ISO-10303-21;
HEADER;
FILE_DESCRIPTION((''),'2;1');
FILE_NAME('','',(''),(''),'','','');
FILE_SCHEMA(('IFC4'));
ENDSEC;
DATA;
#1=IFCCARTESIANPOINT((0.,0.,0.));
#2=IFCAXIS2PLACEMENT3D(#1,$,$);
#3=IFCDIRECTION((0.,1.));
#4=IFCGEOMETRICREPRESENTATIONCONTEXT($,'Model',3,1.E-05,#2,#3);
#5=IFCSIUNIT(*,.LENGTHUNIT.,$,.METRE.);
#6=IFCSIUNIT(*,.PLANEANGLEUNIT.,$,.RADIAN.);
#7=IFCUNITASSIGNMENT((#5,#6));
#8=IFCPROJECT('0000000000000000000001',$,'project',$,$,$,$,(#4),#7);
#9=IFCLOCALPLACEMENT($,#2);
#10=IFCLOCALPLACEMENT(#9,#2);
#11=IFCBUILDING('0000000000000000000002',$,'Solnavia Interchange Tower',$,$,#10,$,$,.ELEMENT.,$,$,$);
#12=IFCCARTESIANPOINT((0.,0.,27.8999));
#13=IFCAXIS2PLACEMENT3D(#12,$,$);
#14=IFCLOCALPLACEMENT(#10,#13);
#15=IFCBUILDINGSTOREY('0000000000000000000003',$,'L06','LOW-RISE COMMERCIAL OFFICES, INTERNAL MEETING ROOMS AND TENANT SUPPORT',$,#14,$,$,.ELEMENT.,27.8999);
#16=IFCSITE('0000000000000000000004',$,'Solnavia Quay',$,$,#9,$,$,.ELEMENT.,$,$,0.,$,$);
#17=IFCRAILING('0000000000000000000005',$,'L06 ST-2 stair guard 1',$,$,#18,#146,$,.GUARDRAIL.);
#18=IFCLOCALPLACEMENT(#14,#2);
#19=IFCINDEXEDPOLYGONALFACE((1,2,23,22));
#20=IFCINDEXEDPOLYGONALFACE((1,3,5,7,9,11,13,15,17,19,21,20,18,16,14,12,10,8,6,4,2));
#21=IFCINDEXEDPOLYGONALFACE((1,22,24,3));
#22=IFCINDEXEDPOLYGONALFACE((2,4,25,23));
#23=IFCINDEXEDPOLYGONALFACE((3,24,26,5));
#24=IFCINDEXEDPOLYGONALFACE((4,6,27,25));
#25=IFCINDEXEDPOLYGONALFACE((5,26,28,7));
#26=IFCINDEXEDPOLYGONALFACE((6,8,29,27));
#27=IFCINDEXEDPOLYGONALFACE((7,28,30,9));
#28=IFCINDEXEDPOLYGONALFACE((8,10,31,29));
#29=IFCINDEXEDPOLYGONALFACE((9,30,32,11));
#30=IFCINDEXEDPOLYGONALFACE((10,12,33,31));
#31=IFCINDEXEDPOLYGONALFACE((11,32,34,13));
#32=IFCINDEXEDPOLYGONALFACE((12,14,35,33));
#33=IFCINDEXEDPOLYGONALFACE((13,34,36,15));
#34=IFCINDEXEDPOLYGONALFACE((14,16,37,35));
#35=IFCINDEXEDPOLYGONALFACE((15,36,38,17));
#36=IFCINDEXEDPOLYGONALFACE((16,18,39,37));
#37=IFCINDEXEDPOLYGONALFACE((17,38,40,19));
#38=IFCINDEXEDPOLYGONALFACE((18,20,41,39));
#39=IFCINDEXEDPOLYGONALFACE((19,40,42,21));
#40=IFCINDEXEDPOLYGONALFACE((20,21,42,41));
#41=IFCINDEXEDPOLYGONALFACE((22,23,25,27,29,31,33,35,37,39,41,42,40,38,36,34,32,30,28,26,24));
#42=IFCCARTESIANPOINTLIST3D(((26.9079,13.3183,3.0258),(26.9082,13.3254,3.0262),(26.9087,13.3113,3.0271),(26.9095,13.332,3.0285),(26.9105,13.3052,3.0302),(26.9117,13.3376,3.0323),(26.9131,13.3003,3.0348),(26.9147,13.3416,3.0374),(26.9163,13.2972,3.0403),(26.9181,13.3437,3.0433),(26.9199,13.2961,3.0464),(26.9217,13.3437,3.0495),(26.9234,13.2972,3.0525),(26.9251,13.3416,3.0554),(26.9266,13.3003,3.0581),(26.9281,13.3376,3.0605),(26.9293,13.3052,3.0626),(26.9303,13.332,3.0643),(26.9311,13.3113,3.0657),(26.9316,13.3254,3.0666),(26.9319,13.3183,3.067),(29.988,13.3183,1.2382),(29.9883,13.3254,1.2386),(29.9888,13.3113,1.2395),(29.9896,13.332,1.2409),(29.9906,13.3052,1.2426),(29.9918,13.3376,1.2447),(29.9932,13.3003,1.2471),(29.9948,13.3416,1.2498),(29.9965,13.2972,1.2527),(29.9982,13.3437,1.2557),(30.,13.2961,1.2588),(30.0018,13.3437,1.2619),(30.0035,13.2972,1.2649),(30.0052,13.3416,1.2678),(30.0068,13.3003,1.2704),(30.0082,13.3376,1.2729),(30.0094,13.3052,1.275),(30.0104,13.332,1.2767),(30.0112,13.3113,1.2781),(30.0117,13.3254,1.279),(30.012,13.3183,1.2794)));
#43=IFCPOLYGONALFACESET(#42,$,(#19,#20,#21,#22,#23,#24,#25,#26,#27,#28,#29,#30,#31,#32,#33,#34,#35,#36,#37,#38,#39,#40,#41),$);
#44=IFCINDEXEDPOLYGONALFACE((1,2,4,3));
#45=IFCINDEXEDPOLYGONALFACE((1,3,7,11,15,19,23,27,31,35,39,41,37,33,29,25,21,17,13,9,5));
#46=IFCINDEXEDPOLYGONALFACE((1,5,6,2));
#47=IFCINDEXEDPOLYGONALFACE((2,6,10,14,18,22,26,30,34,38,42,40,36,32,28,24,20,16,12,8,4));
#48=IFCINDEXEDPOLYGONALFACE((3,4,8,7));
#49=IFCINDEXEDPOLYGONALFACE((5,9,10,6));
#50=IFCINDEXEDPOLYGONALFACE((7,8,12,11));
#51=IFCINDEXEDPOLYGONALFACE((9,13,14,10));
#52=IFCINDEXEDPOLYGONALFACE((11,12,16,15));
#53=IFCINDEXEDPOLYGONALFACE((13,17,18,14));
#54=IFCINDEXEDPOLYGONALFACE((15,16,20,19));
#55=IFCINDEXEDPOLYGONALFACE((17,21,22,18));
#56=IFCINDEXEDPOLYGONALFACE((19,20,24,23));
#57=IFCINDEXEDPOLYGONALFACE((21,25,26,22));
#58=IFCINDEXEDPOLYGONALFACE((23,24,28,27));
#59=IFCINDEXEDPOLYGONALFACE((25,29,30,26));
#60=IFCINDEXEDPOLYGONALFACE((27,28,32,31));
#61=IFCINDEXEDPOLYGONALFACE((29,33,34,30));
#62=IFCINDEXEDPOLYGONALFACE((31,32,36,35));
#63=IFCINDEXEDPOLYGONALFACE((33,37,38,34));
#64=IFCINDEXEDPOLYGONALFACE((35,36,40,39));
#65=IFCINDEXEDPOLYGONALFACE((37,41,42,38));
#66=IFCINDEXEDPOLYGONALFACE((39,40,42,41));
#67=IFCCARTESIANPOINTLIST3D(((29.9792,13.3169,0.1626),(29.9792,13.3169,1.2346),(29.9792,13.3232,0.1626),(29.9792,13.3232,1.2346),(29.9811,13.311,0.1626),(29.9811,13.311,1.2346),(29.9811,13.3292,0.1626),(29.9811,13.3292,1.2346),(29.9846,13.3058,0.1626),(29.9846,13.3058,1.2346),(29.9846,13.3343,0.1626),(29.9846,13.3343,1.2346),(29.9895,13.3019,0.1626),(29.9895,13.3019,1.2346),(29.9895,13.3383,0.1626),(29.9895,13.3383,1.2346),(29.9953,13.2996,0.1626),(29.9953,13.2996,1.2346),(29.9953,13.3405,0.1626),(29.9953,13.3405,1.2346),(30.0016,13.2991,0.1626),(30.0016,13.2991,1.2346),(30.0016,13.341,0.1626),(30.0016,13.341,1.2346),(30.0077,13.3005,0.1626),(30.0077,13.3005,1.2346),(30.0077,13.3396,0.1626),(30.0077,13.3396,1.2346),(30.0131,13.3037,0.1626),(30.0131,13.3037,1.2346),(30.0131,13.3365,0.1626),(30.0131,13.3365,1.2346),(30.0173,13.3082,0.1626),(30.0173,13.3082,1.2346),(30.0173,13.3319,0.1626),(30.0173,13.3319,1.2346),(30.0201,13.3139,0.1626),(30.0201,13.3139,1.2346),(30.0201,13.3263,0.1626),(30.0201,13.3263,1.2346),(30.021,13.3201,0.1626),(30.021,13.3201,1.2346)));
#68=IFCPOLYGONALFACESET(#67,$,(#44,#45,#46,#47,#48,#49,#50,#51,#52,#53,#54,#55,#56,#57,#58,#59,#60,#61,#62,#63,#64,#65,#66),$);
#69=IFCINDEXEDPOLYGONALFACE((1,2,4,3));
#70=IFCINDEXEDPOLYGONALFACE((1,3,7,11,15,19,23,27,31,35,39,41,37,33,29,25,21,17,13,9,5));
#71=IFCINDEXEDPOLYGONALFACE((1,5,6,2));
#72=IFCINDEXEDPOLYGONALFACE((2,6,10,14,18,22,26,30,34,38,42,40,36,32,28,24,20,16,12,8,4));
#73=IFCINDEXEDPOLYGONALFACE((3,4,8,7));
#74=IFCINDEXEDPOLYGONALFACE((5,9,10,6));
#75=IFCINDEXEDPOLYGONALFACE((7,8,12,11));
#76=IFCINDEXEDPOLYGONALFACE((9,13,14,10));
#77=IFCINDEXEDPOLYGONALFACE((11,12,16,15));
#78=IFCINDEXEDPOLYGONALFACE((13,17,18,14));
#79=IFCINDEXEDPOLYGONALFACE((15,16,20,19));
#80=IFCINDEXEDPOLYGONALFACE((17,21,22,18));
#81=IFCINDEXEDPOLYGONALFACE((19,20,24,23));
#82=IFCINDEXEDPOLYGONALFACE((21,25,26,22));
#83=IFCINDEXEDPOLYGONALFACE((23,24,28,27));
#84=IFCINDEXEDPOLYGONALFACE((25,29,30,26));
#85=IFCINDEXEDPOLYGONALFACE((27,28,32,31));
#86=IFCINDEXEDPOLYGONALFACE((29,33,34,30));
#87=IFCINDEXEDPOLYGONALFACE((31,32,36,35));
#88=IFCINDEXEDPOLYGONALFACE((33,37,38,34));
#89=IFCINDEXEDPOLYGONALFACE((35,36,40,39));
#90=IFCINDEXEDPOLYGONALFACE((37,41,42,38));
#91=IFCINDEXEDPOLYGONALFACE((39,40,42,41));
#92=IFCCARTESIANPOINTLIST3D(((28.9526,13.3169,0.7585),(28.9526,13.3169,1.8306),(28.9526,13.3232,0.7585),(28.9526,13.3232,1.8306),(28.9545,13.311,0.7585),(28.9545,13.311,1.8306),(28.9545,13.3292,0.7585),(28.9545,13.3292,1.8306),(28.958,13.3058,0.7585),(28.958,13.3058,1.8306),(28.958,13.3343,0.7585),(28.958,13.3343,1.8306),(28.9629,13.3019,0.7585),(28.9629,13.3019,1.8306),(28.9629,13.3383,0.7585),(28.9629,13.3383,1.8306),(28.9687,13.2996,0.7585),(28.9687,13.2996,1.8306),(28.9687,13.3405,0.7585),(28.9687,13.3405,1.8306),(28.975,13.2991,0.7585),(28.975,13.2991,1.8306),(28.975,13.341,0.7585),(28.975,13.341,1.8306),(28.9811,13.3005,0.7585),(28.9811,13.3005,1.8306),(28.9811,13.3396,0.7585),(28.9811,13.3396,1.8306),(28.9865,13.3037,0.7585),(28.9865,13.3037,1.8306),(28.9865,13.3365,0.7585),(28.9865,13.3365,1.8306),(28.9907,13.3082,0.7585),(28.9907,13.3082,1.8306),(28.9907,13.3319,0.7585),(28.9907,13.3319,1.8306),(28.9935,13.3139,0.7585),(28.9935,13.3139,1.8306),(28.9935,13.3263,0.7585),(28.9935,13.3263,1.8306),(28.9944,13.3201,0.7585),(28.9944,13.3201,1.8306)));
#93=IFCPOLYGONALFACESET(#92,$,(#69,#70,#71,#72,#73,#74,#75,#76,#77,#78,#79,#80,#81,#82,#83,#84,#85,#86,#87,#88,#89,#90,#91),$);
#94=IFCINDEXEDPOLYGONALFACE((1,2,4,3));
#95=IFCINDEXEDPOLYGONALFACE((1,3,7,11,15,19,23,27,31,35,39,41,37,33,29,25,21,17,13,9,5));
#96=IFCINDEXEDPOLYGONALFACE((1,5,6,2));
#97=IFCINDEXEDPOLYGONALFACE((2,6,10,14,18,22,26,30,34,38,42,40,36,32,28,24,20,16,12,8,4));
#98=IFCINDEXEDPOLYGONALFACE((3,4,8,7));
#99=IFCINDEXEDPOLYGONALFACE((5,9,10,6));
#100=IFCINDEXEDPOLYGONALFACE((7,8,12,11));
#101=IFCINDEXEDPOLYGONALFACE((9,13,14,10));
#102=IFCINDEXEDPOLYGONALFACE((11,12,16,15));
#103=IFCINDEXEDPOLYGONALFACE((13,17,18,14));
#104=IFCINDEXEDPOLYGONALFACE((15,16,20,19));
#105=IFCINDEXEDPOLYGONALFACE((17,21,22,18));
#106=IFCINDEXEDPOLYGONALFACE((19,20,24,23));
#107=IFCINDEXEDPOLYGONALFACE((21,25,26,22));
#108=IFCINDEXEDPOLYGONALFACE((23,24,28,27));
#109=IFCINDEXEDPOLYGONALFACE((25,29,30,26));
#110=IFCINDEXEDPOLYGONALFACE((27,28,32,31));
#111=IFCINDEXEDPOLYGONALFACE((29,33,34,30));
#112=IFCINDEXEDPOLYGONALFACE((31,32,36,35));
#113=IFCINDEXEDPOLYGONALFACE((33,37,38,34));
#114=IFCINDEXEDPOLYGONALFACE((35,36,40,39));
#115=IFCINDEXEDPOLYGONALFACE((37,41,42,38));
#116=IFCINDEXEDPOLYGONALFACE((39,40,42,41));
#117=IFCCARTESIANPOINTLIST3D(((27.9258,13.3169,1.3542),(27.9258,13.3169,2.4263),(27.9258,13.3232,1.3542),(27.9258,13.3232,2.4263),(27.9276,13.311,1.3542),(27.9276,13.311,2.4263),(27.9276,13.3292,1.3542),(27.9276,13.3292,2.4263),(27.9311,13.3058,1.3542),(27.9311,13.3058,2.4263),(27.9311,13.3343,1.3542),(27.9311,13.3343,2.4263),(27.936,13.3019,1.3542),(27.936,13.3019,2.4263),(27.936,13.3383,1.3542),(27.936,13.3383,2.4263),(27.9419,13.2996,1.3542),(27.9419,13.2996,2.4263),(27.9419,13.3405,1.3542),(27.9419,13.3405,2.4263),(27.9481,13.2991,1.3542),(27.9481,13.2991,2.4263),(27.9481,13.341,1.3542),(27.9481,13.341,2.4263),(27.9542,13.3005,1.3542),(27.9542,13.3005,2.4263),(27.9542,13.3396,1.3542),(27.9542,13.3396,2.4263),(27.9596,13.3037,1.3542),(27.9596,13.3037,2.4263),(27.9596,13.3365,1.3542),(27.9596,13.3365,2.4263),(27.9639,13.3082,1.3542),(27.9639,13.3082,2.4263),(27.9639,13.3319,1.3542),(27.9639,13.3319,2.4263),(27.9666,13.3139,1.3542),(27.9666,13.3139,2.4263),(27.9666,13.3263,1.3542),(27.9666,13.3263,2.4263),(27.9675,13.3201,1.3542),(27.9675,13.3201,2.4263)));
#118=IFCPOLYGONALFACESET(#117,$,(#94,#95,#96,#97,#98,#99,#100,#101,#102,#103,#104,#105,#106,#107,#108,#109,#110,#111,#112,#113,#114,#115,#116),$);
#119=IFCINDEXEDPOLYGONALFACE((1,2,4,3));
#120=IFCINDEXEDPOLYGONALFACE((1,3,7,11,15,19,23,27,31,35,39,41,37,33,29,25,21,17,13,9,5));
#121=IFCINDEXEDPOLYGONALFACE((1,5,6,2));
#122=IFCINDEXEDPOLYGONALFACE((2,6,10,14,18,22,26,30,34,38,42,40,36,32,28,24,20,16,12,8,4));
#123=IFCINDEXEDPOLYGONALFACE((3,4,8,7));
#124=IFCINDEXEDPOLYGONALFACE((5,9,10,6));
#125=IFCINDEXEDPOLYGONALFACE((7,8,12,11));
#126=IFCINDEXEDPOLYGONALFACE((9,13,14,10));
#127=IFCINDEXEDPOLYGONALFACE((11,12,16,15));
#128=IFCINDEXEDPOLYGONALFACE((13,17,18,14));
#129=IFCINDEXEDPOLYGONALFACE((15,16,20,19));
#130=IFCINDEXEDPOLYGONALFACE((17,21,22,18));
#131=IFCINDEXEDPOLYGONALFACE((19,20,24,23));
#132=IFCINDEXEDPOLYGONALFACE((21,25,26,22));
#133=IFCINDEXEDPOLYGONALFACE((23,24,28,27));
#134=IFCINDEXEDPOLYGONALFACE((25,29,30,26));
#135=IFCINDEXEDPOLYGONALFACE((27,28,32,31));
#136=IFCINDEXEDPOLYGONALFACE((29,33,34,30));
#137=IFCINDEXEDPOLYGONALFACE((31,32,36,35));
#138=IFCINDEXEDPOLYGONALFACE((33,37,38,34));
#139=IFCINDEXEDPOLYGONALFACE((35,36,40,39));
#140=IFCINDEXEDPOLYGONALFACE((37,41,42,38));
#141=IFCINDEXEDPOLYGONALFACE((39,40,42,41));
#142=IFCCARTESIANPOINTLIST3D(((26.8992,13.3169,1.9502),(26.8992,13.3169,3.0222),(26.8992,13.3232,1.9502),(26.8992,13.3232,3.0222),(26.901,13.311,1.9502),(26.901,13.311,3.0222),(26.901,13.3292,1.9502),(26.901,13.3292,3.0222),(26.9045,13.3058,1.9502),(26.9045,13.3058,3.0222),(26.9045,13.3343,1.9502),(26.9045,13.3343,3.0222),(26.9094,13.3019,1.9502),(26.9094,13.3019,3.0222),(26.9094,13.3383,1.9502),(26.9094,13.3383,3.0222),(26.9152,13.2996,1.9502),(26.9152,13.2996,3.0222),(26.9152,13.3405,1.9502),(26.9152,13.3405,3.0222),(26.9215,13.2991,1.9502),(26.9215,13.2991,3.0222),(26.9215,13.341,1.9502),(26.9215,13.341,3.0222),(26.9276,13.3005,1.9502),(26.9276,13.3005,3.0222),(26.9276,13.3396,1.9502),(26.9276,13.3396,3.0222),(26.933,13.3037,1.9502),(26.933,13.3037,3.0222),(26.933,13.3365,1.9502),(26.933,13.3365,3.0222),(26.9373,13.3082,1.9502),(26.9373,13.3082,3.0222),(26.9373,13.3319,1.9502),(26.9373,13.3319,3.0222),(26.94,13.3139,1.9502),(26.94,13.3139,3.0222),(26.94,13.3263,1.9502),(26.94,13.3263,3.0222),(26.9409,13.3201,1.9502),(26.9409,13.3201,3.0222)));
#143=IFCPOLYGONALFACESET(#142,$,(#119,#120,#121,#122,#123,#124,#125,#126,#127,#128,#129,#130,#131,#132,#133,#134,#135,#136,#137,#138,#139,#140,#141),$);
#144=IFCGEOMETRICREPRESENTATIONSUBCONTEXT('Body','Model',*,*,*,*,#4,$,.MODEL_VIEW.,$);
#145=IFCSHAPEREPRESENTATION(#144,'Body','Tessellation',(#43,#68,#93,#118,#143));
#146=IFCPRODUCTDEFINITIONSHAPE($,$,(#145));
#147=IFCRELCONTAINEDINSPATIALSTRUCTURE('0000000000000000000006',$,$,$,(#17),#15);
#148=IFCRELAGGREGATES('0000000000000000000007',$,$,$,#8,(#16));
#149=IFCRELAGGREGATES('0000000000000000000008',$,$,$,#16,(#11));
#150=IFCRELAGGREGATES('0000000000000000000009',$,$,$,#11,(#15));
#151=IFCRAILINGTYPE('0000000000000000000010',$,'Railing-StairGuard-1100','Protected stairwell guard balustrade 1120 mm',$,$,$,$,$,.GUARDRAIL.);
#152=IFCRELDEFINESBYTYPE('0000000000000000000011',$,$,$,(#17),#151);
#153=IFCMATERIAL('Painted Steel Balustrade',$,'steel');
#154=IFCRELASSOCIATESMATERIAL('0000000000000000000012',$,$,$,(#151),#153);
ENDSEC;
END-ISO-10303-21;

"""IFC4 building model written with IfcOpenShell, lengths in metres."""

from ifc_helpers import new_model, si_unit, direction, frame, origin, origin_2d, place, context, subcontext, project, spatial, circle, extrude, material, type_object, element, save


model = new_model("IFC4")

# Units and contexts
model_context = context("Model", 3, precision=1e-05, world=origin(), true_north=direction((0.0, 1.0)))
body_context = subcontext(model_context, "Body", "Model", "MODEL_VIEW")
ifc_project = project(units=[si_unit("LENGTHUNIT", "METRE"), si_unit("PLANEANGLEUNIT", "RADIAN")], contexts=[model_context])

# Site, building, storey
site_placement = place(None, origin())
site = spatial("IfcSite", under=ifc_project, at=site_placement, Name="Solnavia Quay", CompositionType="ELEMENT", RefElevation=0.0)
building_placement = place(site_placement, origin())
building = spatial("IfcBuilding", under=site, at=building_placement, Name="Solnavia Interchange Tower", CompositionType="ELEMENT")
storey_placement = place(building_placement, frame((0.0, 0.0, 27.8999)))
storey = spatial("IfcBuildingStorey", under=building, at=storey_placement, Name="L06", Description="LOW-RISE COMMERCIAL OFFICES, INTERNAL MEETING ROOMS AND TENANT SUPPORT", CompositionType="ELEMENT", Elevation=27.8999)

# Railing
ifc_material_1 = material(Name="Painted Steel Balustrade", Category="steel")
railing_type_1 = type_object("IfcRailingType", Name="Railing-StairGuard-1100", Description="Protected stairwell guard balustrade 1120 mm", PredefinedType="GUARDRAIL", material=ifc_material_1)
railing_1_placement = place(storey_placement, frame((30.0, 13.3201, 0.1626)))
element("IfcRailing", 1, at=railing_1_placement, inside=storey, type_object=railing_type_1, Name="L06 ST-2 stair guard 1", PredefinedType="GUARDRAIL", context=body_context, shape_type="SweptSolid", body=[
    extrude(circle(Radius=0.0239, at=origin_2d()), frame((0.0, 0.0, 1.0962), z_axis=(-0.864891, 0.0, 0.50196), x_axis=(0.0, -1.0, 0.0)), (0.0, 0.0, 1.0), 3.5613),
    extrude(circle(Radius=0.021, at=origin_2d()), origin(), (0.0, 0.0, 1.0), 1.072),
    extrude(circle(Radius=0.021, at=origin_2d()), frame((-1.0266, 0.0, 0.5959)), (0.0, 0.0, 1.0), 1.072),
    extrude(circle(Radius=0.021, at=origin_2d()), frame((-2.0535, 0.0, 1.1917)), (0.0, 0.0, 1.0), 1.072),
    extrude(circle(Radius=0.021, at=origin_2d()), frame((-3.0801, 0.0, 1.7876)), (0.0, 0.0, 1.0), 1.072),
])

save(model, "model.ifc")
